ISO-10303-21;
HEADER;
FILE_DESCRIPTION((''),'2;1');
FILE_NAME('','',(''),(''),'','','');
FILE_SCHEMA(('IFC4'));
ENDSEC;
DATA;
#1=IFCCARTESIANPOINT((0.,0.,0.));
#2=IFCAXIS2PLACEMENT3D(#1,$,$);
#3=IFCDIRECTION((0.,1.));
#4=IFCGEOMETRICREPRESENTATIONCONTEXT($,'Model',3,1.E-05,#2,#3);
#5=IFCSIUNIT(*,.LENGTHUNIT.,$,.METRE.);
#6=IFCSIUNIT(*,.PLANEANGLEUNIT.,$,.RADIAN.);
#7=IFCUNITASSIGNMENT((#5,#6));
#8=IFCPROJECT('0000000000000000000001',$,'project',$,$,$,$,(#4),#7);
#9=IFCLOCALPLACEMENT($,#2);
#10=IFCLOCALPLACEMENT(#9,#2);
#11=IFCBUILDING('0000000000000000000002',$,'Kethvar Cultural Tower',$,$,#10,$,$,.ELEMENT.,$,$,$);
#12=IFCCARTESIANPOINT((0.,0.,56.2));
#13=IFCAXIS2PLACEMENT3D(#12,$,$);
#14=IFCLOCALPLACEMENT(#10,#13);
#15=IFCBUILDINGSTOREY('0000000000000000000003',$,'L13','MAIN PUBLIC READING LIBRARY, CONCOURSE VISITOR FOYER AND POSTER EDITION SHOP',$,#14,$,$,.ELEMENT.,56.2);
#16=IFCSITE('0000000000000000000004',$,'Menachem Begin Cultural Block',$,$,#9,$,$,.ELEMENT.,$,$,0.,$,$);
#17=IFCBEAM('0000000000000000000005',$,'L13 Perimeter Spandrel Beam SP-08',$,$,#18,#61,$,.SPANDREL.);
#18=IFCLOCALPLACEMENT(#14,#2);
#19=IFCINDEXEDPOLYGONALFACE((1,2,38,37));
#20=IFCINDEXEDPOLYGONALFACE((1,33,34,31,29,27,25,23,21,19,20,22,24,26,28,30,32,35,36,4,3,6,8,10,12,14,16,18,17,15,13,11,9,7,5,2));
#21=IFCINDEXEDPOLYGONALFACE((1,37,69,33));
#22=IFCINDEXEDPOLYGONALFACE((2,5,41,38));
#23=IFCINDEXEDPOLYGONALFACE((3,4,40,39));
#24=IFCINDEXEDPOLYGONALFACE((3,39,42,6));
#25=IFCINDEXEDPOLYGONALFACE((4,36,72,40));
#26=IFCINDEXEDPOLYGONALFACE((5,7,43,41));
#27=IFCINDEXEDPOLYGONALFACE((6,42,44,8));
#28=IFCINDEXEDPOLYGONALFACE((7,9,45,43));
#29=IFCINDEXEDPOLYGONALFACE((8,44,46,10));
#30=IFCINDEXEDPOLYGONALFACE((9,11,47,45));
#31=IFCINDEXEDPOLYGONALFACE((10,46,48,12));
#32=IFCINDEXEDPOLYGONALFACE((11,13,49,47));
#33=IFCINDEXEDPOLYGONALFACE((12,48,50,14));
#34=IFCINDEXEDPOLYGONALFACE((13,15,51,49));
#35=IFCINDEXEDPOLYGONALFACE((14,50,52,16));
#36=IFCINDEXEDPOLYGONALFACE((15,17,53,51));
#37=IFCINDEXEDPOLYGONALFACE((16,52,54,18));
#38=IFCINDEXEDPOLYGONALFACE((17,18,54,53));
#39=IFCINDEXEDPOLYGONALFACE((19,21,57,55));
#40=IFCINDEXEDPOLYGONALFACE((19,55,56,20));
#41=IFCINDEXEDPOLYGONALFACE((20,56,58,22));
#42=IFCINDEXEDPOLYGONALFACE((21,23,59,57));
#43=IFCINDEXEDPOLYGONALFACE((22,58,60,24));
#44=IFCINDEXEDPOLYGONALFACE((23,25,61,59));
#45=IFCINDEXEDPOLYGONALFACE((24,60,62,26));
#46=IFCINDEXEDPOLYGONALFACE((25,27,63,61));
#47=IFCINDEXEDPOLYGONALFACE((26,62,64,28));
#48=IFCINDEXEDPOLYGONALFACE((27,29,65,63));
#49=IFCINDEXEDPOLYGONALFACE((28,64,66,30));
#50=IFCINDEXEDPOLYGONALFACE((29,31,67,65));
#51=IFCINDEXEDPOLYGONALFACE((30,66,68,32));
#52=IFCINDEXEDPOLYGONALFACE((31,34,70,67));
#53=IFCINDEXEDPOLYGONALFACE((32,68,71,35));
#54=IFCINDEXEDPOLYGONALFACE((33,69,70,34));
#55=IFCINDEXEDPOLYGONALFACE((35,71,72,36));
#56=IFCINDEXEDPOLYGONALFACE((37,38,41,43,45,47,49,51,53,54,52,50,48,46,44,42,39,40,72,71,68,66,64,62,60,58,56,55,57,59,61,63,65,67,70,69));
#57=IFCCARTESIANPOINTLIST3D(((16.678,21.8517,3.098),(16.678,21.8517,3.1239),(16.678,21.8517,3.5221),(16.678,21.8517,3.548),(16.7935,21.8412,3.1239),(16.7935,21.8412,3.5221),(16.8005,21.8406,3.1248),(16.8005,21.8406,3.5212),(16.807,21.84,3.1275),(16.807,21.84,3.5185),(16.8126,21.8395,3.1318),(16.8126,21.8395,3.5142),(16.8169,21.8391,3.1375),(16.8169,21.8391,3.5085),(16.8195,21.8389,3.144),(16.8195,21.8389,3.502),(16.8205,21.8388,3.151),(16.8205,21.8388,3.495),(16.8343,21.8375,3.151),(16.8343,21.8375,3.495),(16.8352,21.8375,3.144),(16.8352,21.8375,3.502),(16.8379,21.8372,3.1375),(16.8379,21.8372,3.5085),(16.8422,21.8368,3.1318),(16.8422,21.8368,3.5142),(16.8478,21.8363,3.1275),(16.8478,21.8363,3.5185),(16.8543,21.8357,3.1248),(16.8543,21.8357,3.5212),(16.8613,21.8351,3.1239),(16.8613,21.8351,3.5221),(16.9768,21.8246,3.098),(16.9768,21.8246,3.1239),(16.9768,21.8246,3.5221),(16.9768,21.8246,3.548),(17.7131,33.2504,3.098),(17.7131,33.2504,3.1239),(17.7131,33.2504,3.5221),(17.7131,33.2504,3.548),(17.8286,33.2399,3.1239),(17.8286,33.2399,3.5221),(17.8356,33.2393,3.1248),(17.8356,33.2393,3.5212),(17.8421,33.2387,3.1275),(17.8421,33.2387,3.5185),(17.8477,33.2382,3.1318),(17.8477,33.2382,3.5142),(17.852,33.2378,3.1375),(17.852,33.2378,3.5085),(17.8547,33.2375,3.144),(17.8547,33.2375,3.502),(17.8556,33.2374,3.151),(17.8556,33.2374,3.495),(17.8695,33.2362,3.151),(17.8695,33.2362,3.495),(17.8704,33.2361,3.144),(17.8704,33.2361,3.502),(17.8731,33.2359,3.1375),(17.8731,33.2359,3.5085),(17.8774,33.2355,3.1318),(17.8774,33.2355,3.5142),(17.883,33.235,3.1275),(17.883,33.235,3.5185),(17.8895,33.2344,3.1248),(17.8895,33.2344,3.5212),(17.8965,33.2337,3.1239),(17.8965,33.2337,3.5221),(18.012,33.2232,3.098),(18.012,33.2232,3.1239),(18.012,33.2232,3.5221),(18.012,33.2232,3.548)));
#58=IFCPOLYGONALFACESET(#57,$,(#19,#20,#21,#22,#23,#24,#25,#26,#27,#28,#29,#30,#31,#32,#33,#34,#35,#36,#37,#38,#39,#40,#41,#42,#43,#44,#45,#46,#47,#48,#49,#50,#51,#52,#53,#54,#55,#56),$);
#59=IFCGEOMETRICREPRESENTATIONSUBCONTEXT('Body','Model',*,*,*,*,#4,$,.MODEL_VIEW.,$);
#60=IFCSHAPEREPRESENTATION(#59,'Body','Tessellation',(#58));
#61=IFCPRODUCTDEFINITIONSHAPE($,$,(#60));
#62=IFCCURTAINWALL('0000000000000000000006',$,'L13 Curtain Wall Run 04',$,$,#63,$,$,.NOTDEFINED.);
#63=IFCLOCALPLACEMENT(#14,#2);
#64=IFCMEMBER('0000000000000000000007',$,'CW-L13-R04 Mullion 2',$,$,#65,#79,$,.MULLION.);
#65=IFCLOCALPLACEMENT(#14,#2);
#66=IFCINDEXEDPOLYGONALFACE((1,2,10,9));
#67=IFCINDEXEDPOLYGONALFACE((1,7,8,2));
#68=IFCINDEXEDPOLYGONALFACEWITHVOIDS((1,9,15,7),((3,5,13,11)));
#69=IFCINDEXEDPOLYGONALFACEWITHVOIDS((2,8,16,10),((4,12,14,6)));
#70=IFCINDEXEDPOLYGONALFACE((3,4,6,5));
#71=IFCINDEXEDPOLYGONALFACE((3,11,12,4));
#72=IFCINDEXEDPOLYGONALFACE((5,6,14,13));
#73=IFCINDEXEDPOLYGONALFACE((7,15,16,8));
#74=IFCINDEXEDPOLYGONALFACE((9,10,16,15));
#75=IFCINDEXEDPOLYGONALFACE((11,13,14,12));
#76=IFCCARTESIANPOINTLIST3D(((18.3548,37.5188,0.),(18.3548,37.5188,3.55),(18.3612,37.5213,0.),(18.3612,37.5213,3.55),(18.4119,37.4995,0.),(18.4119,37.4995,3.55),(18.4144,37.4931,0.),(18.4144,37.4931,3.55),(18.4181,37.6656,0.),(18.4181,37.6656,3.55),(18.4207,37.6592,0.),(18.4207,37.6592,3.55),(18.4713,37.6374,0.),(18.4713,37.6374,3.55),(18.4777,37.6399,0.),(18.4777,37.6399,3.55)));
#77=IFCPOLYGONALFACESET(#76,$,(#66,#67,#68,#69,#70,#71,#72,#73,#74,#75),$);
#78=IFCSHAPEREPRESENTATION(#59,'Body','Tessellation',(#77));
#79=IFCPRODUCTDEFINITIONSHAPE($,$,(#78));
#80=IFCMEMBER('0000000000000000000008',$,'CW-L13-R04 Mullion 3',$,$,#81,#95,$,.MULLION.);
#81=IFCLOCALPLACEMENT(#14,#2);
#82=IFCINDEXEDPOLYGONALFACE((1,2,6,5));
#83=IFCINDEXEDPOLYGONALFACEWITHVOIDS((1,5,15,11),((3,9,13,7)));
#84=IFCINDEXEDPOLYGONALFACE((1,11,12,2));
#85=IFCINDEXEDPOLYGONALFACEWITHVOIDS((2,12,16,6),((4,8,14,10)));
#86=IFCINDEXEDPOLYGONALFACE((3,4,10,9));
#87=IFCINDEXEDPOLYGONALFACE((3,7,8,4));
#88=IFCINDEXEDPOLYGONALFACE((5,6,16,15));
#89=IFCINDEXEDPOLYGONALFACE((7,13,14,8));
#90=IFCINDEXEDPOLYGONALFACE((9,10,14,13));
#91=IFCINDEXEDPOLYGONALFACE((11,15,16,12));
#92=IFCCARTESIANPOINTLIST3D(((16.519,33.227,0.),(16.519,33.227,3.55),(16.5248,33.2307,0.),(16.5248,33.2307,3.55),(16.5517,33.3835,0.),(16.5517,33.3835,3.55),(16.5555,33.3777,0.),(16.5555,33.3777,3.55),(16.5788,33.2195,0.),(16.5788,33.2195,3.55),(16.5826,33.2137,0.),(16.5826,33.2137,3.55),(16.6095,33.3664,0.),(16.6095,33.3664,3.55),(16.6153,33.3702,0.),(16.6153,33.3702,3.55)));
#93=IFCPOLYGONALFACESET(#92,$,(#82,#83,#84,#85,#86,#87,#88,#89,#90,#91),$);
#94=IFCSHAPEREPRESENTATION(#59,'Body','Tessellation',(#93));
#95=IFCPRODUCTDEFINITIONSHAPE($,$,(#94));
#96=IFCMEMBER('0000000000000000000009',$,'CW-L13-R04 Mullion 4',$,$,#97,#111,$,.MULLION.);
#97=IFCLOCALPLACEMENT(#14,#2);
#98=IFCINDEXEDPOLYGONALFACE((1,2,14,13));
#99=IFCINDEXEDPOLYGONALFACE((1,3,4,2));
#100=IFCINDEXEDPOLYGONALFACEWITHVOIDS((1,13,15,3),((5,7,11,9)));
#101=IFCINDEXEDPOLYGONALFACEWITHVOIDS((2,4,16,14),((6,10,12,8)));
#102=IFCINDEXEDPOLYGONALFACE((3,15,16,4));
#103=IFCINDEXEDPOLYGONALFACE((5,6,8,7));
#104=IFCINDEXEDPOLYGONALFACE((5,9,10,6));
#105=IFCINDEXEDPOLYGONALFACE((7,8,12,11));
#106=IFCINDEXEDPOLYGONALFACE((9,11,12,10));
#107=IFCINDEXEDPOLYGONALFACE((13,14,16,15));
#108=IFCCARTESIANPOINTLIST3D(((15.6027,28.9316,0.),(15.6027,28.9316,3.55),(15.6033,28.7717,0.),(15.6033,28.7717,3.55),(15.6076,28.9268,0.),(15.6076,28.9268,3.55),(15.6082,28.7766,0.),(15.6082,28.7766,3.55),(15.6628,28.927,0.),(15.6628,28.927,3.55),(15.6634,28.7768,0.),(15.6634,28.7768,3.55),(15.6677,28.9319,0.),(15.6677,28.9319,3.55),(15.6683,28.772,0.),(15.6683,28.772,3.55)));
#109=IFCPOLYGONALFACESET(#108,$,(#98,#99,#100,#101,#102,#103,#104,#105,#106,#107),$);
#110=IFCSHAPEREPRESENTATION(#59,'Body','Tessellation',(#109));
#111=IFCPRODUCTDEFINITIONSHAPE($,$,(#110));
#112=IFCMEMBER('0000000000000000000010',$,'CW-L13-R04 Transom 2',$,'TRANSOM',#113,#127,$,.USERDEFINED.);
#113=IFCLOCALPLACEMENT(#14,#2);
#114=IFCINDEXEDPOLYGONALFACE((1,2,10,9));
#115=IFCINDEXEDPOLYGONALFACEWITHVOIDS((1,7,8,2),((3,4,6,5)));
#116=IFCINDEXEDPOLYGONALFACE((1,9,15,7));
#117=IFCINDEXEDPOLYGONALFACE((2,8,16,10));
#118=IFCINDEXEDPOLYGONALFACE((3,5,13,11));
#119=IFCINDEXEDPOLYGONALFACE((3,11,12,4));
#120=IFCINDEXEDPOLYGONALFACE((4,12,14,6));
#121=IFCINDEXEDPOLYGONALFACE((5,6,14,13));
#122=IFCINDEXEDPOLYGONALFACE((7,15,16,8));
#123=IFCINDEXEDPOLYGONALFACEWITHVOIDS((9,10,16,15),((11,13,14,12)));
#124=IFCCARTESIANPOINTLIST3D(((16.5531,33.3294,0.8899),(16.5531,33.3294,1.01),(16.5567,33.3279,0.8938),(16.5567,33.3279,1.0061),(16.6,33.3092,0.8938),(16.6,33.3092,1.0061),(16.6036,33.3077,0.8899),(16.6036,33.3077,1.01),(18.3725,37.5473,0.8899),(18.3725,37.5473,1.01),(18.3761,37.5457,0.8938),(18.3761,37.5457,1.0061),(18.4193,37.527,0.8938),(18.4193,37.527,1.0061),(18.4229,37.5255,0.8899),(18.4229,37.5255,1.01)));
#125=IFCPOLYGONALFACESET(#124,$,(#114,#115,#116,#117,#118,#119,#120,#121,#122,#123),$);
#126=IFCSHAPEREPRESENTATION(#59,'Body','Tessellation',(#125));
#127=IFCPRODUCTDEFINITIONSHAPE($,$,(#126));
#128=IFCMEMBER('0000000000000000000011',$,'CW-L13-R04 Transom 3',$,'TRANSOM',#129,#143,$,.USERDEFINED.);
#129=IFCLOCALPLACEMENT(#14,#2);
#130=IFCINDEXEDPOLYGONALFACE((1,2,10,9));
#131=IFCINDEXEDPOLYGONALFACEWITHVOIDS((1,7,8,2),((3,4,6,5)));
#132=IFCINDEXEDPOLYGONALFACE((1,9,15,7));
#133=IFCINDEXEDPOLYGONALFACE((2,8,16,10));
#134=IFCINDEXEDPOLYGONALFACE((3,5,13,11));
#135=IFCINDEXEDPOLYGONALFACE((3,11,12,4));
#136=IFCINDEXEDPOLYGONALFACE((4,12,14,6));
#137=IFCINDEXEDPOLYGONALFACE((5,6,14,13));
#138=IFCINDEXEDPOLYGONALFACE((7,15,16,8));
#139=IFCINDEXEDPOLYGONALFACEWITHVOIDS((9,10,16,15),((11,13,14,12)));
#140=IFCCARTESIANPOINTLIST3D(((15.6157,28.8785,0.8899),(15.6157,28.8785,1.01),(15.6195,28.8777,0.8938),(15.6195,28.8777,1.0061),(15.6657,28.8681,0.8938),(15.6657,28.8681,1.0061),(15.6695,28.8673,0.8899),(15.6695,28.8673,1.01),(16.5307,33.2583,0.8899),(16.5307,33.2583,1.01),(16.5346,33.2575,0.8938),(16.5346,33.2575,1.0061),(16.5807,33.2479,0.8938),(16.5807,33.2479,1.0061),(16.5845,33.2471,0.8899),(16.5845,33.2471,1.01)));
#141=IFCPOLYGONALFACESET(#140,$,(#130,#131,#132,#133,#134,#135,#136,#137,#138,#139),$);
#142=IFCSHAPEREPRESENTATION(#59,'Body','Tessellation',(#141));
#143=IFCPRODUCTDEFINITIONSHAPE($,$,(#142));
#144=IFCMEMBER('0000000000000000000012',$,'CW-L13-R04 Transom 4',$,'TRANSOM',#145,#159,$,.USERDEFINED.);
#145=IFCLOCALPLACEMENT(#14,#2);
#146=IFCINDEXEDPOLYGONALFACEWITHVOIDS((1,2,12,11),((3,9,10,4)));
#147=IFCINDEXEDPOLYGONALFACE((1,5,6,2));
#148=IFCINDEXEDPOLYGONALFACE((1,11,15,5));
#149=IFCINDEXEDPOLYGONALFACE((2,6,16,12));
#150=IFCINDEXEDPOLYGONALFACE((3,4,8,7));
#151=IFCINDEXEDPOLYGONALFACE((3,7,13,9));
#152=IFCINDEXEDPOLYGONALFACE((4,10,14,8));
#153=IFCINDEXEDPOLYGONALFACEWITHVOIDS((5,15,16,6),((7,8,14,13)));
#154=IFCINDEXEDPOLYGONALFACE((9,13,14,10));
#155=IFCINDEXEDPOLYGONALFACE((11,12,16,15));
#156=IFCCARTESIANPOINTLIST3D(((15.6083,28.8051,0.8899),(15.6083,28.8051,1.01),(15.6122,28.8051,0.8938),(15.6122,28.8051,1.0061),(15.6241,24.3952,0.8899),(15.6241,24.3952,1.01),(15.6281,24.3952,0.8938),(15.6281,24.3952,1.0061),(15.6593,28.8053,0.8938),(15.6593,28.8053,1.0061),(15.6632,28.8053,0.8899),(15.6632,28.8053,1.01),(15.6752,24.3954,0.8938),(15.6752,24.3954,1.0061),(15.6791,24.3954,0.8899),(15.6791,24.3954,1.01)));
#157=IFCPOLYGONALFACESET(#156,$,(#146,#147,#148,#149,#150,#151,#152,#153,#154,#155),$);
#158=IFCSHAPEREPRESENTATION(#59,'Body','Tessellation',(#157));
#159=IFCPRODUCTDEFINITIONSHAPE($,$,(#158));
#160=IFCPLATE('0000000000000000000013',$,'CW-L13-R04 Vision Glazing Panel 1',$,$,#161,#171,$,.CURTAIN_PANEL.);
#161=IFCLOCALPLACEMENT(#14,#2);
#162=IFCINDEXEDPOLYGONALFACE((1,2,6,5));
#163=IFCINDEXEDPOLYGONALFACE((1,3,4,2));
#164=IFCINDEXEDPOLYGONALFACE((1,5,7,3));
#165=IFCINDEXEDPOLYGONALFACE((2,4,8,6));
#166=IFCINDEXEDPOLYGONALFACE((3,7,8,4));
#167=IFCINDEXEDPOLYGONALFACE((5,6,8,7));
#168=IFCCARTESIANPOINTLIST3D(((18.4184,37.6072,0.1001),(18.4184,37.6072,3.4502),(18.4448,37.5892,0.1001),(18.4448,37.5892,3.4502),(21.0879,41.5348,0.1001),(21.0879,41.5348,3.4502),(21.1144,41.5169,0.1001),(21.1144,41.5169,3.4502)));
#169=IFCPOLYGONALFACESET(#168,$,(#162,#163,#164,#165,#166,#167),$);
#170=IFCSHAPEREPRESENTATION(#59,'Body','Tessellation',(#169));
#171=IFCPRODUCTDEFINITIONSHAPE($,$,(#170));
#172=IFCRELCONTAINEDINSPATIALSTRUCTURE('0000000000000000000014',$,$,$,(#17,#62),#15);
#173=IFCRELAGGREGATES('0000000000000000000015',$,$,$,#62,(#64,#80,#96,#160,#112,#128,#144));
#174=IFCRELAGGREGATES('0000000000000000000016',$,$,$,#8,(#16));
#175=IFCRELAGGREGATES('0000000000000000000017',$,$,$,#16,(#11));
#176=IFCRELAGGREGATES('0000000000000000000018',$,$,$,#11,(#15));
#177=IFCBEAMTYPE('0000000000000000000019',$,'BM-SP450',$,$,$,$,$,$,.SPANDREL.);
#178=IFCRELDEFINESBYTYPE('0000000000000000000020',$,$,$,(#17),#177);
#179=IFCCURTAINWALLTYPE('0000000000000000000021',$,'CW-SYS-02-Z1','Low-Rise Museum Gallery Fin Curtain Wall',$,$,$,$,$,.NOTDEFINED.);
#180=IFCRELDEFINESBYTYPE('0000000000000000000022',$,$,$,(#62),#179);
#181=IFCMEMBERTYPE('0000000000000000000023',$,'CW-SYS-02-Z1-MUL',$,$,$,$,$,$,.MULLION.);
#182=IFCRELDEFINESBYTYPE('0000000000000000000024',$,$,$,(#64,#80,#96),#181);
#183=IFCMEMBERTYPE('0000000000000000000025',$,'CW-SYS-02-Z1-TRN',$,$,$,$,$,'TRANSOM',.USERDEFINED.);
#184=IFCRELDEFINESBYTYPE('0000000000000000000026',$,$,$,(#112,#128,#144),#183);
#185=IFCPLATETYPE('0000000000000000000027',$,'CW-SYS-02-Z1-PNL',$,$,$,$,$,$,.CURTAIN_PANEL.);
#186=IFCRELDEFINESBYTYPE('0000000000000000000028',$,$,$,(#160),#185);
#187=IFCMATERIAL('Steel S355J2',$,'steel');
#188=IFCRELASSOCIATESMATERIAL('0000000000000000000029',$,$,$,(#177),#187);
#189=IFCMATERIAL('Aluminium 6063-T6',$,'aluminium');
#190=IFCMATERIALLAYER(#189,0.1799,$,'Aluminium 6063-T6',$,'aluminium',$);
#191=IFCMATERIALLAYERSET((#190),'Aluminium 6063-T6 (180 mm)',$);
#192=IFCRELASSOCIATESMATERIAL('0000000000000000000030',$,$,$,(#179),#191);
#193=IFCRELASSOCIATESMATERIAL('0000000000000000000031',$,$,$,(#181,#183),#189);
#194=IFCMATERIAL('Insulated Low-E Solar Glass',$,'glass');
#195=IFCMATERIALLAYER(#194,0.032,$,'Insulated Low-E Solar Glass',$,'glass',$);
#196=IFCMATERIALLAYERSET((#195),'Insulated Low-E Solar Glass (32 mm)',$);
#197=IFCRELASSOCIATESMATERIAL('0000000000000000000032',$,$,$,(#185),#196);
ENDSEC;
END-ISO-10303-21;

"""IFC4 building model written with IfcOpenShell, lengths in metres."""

from ifc_helpers import new_model, si_unit, direction, frame, origin, origin_2d, place, context, subcontext, project, spatial, rectangle, hollow_rectangle, i_section, extrude, source, transform, mapped, material, layer, layer_set, material_profile, profile_set, type_object, element, aggregate, save


model = new_model("IFC4")

# Units and contexts
model_context = context("Model", 3, precision=1e-05, world=origin(), true_north=direction((0.0, 1.0)))
body_context = subcontext(model_context, "Body", "Model", "MODEL_VIEW")
ifc_project = project(units=[si_unit("LENGTHUNIT", "METRE"), si_unit("PLANEANGLEUNIT", "RADIAN")], contexts=[model_context])

# Site, building, storey
site_placement = place(None, origin())
site = spatial("IfcSite", under=ifc_project, at=site_placement, Name="Menachem Begin Cultural Block", CompositionType="ELEMENT", RefElevation=0.0)
building_placement = place(site_placement, origin())
building = spatial("IfcBuilding", under=site, at=building_placement, Name="Kethvar Cultural Tower", CompositionType="ELEMENT")
storey_placement = place(building_placement, frame((0.0, 0.0, 56.2)))
storey = spatial("IfcBuildingStorey", under=building, at=storey_placement, Name="L13", Description="MAIN PUBLIC READING LIBRARY, CONCOURSE VISITOR FOYER AND POSTER EDITION SHOP", CompositionType="ELEMENT", Elevation=56.2)

# Beam
ifc_material_1 = material(Name="Steel S355J2", Category="steel")
ifc_material_profile_1 = material_profile(ifc_material_1, i_section(OverallWidth=0.3, OverallDepth=0.45, WebThickness=0.0139, FlangeThickness=0.0259, FilletRadius=0.0271, at=origin_2d()), Name="Steel S355J2 — HEB450")
ifc_profile_set_1 = profile_set([ifc_material_profile_1], Name="Steel S355J2 — HEB450")
beam_type_1 = type_object("IfcBeamType", Name="BM-SP450", PredefinedType="SPANDREL", material=ifc_profile_set_1)
shared_shape_1 = source(origin(), body_context, "Body", "SweptSolid", [
    extrude(i_section(OverallWidth=0.3, OverallDepth=0.45, WebThickness=0.0139, FlangeThickness=0.0259, FilletRadius=0.0271, at=origin_2d()), origin(), (0.0, 0.0, 1.0), 11.4456),
])
beam_1_placement = place(storey_placement, frame((17.8625, 33.2368, 3.323), z_axis=(-0.090442, -0.995902, 0.0), x_axis=(0.995902, -0.090442, 0.0)))
element("IfcBeam", 1, at=beam_1_placement, inside=storey, type_object=beam_type_1, Name="L13 Perimeter Spandrel Beam SP-08", PredefinedType="SPANDREL", context=body_context, shape_type="MappedRepresentation", body=[
    mapped(shared_shape_1, transform((0.0, 0.0, 0.0), scale=1.0)),
])

# Curtain wall, members, plate
ifc_material_2 = material(Name="Aluminium 6063-T6", Category="aluminium")
ifc_layer_1 = layer(ifc_material_2, 0.1799, Name="Aluminium 6063-T6", Category="aluminium")
ifc_layer_set_1 = layer_set([ifc_layer_1], Name="Aluminium 6063-T6 (180 mm)")
curtain_wall_type = type_object("IfcCurtainWallType", Name="CW-SYS-02-Z1", Description="Low-Rise Museum Gallery Fin Curtain Wall", PredefinedType="NOTDEFINED", material=ifc_layer_set_1)
curtain_wall_placement = place(storey_placement, origin())
curtain_wall = element("IfcCurtainWall", 2, at=curtain_wall_placement, inside=storey, type_object=curtain_wall_type, Name="L13 Curtain Wall Run 04", PredefinedType="NOTDEFINED")
ifc_material_profile_2 = material_profile(ifc_material_2, hollow_rectangle(XDim=0.0649, YDim=0.1599, WallThickness=0.0049, at=origin_2d()), Name="Aluminium 6063-T6 — RHS160x65x5")
ifc_profile_set_2 = profile_set([ifc_material_profile_2], Name="Aluminium 6063-T6 — RHS160x65x5")
member_type_1 = type_object("IfcMemberType", Name="CW-SYS-02-Z1-MUL", PredefinedType="MULLION", material=ifc_profile_set_2)
shared_shape_2 = source(origin(), body_context, "Body", "SweptSolid", [
    extrude(hollow_rectangle(XDim=0.0649, YDim=0.1599, WallThickness=0.0049, at=origin_2d()), origin(), (0.0, 0.0, 1.0), 3.55),
])
member_1_placement = place(storey_placement, frame((18.4163, 37.5793, 0.0), z_axis=(0.0, 0.0, 1.0), x_axis=(0.918232, -0.396042, 0.0)))
member_1 = element("IfcMember", 3, at=member_1_placement, type_object=member_type_1, Name="CW-L13-R04 Mullion 2", PredefinedType="MULLION", context=body_context, shape_type="MappedRepresentation", body=[
    mapped(shared_shape_2, transform((0.0, 0.0, 0.0), scale=1.0)),
])
member_2_placement = place(storey_placement, frame((16.5671, 33.2986, 0.0), z_axis=(0.0, 0.0, 1.0), x_axis=(0.978867, -0.204496, 0.0)))
member_2 = element("IfcMember", 4, at=member_2_placement, type_object=member_type_1, Name="CW-L13-R04 Mullion 3", PredefinedType="MULLION", context=body_context, shape_type="MappedRepresentation", body=[
    mapped(shared_shape_2, transform((0.0, 0.0, 0.0), scale=1.0)),
])
member_3_placement = place(storey_placement, frame((15.6355, 28.8518, 0.0), z_axis=(0.0, 0.0, 1.0), x_axis=(0.999993, 0.003613, 0.0)))
member_3 = element("IfcMember", 5, at=member_3_placement, type_object=member_type_1, Name="CW-L13-R04 Mullion 4", PredefinedType="MULLION", context=body_context, shape_type="MappedRepresentation", body=[
    mapped(shared_shape_2, transform((0.0, 0.0, 0.0), scale=1.0)),
])
ifc_material_profile_3 = material_profile(ifc_material_2, hollow_rectangle(XDim=0.0549, YDim=0.1201, WallThickness=0.0039, at=origin_2d()), Name="Aluminium 6063-T6 — RHS120x55x4")
ifc_profile_set_3 = profile_set([ifc_material_profile_3], Name="Aluminium 6063-T6 — RHS120x55x4")
member_type_2 = type_object("IfcMemberType", Name="CW-SYS-02-Z1-TRN", ElementType="TRANSOM", PredefinedType="USERDEFINED", material=ifc_profile_set_3)
shared_shape_3 = source(origin(), body_context, "Body", "SweptSolid", [
    extrude(hollow_rectangle(XDim=0.0549, YDim=0.1201, WallThickness=0.0039, at=origin_2d()), origin(), (0.0, 0.0, 1.0), 4.5935),
])
member_4_placement = place(storey_placement, frame((18.3977, 37.5364, 0.95), z_axis=(-0.396074, -0.918219, 0.0), x_axis=(0.918219, -0.396074, 0.0)))
member_4 = element("IfcMember", 6, at=member_4_placement, type_object=member_type_2, Name="CW-L13-R04 Transom 2", ObjectType="TRANSOM", PredefinedType="USERDEFINED", context=body_context, shape_type="MappedRepresentation", body=[
    mapped(shared_shape_3, transform((0.0, 0.0, 0.0), scale=1.0)),
])
shared_shape_4 = source(origin(), body_context, "Body", "SweptSolid", [
    extrude(hollow_rectangle(XDim=0.0549, YDim=0.1201, WallThickness=0.0039, at=origin_2d()), origin(), (0.0, 0.0, 1.0), 4.4744),
])
member_5_placement = place(storey_placement, frame((16.5576, 33.2527, 0.95), z_axis=(-0.204503, -0.978866, 0.0), x_axis=(0.978866, -0.204503, 0.0)))
member_5 = element("IfcMember", 7, at=member_5_placement, type_object=member_type_2, Name="CW-L13-R04 Transom 3", ObjectType="TRANSOM", PredefinedType="USERDEFINED", context=body_context, shape_type="MappedRepresentation", body=[
    mapped(shared_shape_4, transform((0.0, 0.0, 0.0), scale=1.0)),
])
shared_shape_5 = source(origin(), body_context, "Body", "SweptSolid", [
    extrude(hollow_rectangle(XDim=0.0549, YDim=0.1201, WallThickness=0.0039, at=origin_2d()), origin(), (0.0, 0.0, 1.0), 4.4099),
])
member_6_placement = place(storey_placement, frame((15.6357, 28.8052, 0.95), z_axis=(0.003598, -0.999994, 0.0), x_axis=(0.999994, 0.003598, 0.0)))
member_6 = element("IfcMember", 8, at=member_6_placement, type_object=member_type_2, Name="CW-L13-R04 Transom 4", ObjectType="TRANSOM", PredefinedType="USERDEFINED", context=body_context, shape_type="MappedRepresentation", body=[
    mapped(shared_shape_5, transform((0.0, 0.0, 0.0), scale=1.0)),
])
ifc_material_3 = material(Name="Insulated Low-E Solar Glass", Category="glass")
ifc_layer_2 = layer(ifc_material_3, 0.032, Name="Insulated Low-E Solar Glass", Category="glass")
ifc_layer_set_2 = layer_set([ifc_layer_2], Name="Insulated Low-E Solar Glass (32 mm)")
plate_type = type_object("IfcPlateType", Name="CW-SYS-02-Z1-PNL", PredefinedType="CURTAIN_PANEL", material=ifc_layer_set_2)
shared_shape_6 = source(origin(), body_context, "Body", "SweptSolid", [
    extrude(rectangle(XDim=4.749, YDim=0.032, at=origin_2d()), origin(), (0.0, 0.0, 1.0), 3.3501),
])
plate_1_placement = place(storey_placement, frame((19.7664, 39.562, 0.1001), z_axis=(0.0, 0.0, 1.0), x_axis=(-0.562127, -0.827051, 0.0)))
plate_1 = element("IfcPlate", 9, at=plate_1_placement, type_object=plate_type, Name="CW-L13-R04 Vision Glazing Panel 1", PredefinedType="CURTAIN_PANEL", context=body_context, shape_type="MappedRepresentation", body=[
    mapped(shared_shape_6, transform((0.0, 0.0, 0.0), scale=1.0)),
])
aggregate(curtain_wall, [member_1, member_2, member_3, plate_1, member_4, member_5, member_6])

save(model, "model.ifc")
